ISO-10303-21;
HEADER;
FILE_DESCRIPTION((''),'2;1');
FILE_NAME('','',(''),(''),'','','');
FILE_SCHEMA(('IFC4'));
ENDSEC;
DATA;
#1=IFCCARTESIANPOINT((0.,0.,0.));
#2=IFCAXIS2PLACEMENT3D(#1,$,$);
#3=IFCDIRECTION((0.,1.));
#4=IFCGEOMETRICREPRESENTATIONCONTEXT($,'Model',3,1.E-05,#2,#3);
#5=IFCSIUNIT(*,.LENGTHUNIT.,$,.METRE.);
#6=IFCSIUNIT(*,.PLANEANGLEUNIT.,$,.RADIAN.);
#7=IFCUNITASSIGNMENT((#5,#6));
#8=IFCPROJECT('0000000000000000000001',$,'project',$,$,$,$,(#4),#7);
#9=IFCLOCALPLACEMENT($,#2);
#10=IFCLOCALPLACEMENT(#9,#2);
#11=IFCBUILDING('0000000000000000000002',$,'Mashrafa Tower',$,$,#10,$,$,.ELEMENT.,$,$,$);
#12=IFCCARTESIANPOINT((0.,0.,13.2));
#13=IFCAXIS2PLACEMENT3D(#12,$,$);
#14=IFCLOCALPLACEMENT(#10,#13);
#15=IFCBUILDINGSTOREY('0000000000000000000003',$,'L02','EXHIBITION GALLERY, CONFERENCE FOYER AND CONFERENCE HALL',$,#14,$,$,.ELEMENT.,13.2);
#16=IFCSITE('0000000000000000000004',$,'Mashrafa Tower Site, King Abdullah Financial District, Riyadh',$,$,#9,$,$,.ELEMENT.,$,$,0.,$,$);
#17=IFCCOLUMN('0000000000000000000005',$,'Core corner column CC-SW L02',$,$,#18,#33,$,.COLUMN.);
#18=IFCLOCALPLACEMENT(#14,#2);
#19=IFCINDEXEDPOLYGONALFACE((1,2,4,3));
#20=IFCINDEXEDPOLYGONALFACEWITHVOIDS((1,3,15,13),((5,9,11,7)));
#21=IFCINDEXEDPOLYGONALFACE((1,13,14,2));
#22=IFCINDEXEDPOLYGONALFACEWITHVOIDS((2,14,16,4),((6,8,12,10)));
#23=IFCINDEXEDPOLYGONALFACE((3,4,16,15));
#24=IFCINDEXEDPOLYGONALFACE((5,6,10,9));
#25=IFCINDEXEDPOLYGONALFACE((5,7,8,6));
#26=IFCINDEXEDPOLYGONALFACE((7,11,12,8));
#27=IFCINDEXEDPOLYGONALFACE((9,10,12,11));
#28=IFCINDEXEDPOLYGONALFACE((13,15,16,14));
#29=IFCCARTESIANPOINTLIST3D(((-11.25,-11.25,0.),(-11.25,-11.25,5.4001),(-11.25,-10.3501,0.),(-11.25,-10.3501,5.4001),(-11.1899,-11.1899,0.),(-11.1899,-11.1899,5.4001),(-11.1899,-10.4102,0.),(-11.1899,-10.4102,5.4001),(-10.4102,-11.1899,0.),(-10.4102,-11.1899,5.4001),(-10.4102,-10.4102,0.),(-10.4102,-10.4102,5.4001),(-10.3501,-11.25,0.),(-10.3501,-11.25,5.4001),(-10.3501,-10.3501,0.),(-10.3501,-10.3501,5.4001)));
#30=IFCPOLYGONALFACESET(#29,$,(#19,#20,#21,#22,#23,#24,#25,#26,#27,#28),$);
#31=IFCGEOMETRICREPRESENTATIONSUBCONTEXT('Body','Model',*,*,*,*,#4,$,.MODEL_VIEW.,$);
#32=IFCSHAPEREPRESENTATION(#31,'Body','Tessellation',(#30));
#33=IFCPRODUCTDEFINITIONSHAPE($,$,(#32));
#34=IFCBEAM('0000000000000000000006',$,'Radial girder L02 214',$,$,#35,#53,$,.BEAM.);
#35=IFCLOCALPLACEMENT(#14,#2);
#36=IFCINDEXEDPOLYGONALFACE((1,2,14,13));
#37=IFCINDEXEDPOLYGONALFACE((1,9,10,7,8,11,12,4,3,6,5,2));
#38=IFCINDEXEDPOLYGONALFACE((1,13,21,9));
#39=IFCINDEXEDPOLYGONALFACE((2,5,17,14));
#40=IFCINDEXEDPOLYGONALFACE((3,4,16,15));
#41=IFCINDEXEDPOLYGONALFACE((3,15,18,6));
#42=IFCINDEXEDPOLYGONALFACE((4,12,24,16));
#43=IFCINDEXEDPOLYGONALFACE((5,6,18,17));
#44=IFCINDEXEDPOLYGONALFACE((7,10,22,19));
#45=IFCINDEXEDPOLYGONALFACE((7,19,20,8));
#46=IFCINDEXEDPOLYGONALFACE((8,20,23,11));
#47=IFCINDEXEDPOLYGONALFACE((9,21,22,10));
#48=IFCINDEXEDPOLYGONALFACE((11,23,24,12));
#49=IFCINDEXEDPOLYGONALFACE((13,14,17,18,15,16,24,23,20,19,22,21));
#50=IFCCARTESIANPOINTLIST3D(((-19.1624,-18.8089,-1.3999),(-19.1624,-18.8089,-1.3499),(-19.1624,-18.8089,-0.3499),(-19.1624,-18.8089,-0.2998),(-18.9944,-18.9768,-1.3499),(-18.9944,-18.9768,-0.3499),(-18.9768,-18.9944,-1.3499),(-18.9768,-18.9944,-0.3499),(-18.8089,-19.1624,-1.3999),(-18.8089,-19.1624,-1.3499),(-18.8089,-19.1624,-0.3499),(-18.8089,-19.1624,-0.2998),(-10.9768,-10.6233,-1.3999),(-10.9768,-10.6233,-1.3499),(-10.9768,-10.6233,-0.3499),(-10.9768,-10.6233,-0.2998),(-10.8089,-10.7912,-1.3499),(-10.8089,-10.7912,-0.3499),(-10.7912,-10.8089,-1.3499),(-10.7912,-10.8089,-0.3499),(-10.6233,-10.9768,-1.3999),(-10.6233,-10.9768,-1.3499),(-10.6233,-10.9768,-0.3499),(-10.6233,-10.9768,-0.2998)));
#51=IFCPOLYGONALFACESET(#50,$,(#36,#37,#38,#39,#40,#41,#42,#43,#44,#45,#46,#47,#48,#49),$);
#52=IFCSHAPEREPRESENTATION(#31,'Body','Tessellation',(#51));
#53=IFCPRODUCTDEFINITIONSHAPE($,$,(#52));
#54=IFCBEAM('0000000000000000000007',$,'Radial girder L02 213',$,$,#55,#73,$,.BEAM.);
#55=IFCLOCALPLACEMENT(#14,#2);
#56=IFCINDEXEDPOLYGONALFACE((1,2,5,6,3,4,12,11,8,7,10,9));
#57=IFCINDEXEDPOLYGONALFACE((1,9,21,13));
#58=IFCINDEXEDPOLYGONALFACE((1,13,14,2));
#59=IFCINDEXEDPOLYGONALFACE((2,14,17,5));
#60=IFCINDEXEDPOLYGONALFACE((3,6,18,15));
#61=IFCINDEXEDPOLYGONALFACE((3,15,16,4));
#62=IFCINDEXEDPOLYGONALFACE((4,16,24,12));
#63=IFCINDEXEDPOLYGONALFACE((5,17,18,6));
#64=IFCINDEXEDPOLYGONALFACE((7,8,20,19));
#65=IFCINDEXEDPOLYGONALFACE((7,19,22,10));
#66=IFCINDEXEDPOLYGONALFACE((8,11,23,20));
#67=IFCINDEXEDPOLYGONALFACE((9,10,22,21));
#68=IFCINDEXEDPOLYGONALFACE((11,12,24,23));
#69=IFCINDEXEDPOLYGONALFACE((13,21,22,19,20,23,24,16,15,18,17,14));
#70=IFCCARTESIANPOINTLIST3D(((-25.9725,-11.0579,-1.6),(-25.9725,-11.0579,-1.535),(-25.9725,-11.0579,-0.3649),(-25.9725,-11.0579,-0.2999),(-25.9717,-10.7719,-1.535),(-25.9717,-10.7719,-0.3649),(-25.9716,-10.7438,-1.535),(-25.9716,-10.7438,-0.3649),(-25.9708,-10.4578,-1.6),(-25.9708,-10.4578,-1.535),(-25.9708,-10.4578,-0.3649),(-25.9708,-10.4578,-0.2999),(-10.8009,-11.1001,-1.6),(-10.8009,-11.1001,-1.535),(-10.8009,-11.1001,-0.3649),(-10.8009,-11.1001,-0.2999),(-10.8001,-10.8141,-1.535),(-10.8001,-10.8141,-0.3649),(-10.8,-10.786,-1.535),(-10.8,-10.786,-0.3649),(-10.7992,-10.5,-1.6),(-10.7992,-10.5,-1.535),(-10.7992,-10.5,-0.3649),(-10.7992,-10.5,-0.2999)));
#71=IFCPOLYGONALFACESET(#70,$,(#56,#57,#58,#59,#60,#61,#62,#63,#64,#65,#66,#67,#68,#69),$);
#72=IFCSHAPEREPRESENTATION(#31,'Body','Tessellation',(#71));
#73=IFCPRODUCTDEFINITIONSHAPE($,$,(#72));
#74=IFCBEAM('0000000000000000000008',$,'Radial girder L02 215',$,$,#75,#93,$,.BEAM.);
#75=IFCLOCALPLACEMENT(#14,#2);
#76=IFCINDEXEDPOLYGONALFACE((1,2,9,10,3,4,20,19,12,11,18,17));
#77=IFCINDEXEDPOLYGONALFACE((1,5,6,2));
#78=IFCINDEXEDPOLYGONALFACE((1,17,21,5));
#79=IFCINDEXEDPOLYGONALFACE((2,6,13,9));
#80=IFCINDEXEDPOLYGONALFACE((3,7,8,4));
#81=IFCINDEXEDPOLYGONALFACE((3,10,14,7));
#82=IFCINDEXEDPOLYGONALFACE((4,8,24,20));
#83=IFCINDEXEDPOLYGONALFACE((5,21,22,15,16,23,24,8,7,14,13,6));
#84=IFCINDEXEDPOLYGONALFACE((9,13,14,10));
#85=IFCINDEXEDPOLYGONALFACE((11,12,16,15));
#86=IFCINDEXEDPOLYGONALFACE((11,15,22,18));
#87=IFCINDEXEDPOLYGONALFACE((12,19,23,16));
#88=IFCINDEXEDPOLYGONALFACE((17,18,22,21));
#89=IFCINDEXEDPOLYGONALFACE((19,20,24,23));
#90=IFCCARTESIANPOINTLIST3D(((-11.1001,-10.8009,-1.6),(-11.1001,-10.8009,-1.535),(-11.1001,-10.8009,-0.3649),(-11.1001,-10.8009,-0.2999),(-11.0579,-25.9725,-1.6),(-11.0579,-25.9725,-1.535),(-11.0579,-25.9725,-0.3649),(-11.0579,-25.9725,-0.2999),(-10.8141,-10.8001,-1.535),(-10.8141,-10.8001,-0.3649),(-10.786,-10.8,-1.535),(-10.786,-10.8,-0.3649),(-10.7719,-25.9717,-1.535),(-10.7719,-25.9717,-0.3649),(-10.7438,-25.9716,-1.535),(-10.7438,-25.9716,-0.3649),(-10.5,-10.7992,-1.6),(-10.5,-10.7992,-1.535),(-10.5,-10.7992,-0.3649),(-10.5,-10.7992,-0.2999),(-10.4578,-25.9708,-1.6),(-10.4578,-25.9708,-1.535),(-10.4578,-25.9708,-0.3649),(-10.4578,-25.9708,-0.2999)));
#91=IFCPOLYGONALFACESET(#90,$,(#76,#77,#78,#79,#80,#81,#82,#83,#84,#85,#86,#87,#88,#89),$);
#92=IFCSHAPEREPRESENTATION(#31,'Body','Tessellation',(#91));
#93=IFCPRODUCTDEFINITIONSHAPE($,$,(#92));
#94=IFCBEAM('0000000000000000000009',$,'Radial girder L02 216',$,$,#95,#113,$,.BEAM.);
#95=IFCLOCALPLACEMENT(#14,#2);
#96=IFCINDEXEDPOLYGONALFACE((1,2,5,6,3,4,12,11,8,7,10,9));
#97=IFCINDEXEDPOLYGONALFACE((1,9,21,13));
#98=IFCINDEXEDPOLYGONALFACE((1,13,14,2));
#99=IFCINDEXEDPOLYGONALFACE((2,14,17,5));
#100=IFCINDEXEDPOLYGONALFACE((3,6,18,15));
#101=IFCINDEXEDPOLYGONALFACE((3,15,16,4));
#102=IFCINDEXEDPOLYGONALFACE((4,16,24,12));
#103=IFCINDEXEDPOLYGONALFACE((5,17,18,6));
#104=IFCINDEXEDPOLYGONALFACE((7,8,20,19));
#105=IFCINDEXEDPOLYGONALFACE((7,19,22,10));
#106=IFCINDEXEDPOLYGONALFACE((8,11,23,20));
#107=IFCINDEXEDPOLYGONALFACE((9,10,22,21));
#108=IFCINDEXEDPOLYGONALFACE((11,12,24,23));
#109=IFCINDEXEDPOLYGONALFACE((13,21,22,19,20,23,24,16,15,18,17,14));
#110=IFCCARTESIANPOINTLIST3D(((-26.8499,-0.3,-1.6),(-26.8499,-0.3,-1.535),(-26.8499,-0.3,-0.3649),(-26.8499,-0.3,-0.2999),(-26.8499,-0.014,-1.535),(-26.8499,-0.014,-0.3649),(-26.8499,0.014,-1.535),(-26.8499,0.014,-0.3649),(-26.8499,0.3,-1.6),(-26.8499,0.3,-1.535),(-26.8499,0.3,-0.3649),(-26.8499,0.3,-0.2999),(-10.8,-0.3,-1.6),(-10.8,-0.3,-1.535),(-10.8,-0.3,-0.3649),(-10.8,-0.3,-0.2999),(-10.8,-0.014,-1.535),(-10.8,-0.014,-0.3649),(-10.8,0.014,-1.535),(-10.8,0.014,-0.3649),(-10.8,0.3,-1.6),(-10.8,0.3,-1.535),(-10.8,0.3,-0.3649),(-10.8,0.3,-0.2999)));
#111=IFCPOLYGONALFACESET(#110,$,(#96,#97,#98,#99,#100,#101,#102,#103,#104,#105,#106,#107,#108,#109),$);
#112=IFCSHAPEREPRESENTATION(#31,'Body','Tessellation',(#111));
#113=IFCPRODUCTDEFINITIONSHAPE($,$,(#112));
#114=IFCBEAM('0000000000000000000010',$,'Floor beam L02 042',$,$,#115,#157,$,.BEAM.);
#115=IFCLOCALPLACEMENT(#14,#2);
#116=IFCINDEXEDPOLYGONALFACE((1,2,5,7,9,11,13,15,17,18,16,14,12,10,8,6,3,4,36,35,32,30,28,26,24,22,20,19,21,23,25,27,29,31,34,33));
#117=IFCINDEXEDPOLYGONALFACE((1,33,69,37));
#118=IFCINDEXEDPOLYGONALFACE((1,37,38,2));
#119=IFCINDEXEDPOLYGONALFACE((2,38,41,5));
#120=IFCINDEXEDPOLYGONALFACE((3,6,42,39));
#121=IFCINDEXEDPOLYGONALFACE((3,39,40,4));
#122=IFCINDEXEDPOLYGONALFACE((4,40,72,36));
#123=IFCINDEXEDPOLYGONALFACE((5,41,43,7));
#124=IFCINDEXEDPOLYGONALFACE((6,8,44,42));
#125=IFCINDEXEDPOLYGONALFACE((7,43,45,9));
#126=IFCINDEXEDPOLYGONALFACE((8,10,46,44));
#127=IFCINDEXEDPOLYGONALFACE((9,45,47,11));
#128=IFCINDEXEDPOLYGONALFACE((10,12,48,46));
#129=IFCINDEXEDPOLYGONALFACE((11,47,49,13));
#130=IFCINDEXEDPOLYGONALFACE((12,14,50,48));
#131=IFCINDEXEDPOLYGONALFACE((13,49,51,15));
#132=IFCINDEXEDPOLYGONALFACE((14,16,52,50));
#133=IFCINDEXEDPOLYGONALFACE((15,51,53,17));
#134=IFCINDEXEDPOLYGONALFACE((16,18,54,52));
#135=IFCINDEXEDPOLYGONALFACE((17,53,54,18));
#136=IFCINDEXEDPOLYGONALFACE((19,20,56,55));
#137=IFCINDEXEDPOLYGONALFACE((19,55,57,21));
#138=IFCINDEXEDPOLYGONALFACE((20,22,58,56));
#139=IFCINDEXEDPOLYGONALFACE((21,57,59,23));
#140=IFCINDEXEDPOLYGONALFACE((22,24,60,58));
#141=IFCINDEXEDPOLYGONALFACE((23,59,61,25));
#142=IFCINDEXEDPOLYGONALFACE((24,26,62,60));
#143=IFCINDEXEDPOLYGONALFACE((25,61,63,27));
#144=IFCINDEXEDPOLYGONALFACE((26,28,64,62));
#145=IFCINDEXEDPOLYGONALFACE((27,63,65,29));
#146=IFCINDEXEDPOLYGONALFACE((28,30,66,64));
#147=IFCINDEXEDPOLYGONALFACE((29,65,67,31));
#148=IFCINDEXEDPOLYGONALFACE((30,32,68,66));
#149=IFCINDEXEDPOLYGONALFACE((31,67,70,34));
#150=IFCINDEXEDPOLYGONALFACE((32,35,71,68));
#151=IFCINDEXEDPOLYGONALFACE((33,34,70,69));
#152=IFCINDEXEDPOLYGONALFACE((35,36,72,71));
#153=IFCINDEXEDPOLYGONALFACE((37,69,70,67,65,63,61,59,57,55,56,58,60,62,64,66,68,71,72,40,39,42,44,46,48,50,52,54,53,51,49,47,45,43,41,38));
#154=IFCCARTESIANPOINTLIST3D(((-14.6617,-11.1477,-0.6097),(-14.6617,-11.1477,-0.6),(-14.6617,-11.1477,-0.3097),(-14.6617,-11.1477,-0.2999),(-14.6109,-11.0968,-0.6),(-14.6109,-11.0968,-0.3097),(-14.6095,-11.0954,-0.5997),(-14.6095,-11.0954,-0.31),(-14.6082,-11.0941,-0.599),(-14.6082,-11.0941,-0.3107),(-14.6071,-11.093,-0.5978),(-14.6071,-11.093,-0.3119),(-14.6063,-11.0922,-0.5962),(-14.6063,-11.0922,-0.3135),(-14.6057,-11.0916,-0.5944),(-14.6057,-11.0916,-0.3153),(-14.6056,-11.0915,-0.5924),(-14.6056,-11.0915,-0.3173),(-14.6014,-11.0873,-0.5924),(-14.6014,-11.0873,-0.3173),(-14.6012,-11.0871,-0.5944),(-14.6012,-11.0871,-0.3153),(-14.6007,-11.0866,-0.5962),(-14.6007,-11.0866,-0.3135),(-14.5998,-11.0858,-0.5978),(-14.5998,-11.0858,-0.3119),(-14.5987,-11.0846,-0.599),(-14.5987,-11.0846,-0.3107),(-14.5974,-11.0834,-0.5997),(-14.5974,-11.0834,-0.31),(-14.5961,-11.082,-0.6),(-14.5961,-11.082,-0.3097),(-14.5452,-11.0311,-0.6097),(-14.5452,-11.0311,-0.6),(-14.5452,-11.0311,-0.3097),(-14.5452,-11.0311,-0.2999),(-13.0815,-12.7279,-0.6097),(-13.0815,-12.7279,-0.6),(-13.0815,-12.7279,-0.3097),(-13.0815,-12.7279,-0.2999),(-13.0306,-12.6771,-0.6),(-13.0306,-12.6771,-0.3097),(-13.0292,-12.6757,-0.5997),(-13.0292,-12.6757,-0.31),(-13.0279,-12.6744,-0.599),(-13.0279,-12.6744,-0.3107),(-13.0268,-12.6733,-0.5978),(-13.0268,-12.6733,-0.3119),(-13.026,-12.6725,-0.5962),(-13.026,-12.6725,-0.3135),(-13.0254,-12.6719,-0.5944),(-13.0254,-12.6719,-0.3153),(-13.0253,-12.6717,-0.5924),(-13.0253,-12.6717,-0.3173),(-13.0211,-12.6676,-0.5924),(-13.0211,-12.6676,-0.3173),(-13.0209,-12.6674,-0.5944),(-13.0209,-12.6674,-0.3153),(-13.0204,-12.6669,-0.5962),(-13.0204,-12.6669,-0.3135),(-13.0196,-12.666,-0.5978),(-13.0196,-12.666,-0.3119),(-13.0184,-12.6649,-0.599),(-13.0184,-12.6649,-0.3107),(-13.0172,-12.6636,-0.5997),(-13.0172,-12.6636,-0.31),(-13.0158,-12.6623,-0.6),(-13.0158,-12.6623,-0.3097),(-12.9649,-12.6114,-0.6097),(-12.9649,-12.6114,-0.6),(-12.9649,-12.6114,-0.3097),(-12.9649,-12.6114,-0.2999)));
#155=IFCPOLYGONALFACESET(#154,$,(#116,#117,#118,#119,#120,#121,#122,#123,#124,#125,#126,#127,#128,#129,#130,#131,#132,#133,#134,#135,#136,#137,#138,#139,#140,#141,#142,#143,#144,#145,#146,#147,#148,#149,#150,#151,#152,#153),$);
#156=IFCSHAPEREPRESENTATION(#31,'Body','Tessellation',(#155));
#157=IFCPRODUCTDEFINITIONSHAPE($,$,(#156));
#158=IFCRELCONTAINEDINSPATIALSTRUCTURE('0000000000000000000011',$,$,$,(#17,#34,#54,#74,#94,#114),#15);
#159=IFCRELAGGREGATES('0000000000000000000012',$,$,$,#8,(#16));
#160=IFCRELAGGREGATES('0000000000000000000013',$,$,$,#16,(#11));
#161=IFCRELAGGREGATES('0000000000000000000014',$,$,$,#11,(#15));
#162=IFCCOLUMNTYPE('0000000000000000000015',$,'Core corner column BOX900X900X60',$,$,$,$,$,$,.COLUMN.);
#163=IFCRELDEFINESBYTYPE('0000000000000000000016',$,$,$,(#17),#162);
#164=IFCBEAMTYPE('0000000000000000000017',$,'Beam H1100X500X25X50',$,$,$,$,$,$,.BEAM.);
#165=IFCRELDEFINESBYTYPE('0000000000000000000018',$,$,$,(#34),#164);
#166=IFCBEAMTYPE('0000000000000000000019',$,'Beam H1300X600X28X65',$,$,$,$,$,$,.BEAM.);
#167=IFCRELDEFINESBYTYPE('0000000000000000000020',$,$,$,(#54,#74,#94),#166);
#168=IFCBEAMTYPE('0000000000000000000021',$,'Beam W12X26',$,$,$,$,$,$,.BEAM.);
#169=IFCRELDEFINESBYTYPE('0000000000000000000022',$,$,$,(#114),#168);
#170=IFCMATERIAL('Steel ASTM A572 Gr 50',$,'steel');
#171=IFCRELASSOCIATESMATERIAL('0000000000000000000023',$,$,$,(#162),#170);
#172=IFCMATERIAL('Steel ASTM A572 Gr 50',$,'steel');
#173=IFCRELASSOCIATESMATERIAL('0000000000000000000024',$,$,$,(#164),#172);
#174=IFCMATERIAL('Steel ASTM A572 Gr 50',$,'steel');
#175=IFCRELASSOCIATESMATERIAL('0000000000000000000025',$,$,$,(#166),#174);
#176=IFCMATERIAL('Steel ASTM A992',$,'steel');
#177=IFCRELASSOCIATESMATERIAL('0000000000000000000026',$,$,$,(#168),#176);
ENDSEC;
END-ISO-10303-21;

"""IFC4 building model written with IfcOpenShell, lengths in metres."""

from ifc_helpers import new_model, si_unit, direction, frame, origin, origin_2d, place, context, subcontext, project, spatial, hollow_rectangle, i_section, extrude, material, material_profile, profile_set, type_object, element, save


model = new_model("IFC4")

# Units and contexts
model_context = context("Model", 3, precision=1e-05, world=origin(), true_north=direction((0.0, 1.0)))
body_context = subcontext(model_context, "Body", "Model", "MODEL_VIEW")
ifc_project = project(units=[si_unit("LENGTHUNIT", "METRE"), si_unit("PLANEANGLEUNIT", "RADIAN")], contexts=[model_context])

# Site, building, storey
site_placement = place(None, origin())
site = spatial("IfcSite", under=ifc_project, at=site_placement, Name="Mashrafa Tower Site, King Abdullah Financial District, Riyadh", CompositionType="ELEMENT", RefElevation=0.0)
building_placement = place(site_placement, origin())
building = spatial("IfcBuilding", under=site, at=building_placement, Name="Mashrafa Tower", CompositionType="ELEMENT")
storey_placement = place(building_placement, frame((0.0, 0.0, 13.2)))
storey = spatial("IfcBuildingStorey", under=building, at=storey_placement, Name="L02", Description="EXHIBITION GALLERY, CONFERENCE FOYER AND CONFERENCE HALL", CompositionType="ELEMENT", Elevation=13.2)

# Column
ifc_material_1 = material(Name="Steel ASTM A572 Gr 50", Category="steel")
ifc_material_profile_1 = material_profile(ifc_material_1, hollow_rectangle(XDim=0.8999, YDim=0.8999, WallThickness=0.0601, at=origin_2d()), Name="BOX900X900X60")
ifc_profile_set_1 = profile_set([ifc_material_profile_1], Name="Steel ASTM A572 Gr 50")
column_type = type_object("IfcColumnType", Name="Core corner column BOX900X900X60", PredefinedType="COLUMN", material=ifc_profile_set_1)
column_placement = place(storey_placement, frame((-10.8, -10.8, 0.0), z_axis=(0.0, 0.0, 1.0), x_axis=(1.0, 0.0, 0.0)))
element("IfcColumn", 1, at=column_placement, inside=storey, type_object=column_type, Name="Core corner column CC-SW L02", PredefinedType="COLUMN", context=body_context, shape_type="SweptSolid", body=[
    extrude(hollow_rectangle(XDim=0.8999, YDim=0.8999, WallThickness=0.0601, at=origin_2d()), origin(), (0.0, 0.0, 1.0), 5.4001),
])

# Beams
ifc_material_2 = material(Name="Steel ASTM A572 Gr 50", Category="steel")
ifc_material_profile_2 = material_profile(ifc_material_2, i_section(OverallWidth=0.5, OverallDepth=1.1001, WebThickness=0.0249, FlangeThickness=0.05, at=origin_2d()), Name="H1100X500X25X50")
ifc_profile_set_2 = profile_set([ifc_material_profile_2], Name="Steel ASTM A572 Gr 50")
beam_type_1 = type_object("IfcBeamType", Name="Beam H1100X500X25X50", PredefinedType="BEAM", material=ifc_profile_set_2)
beam_1_placement = place(storey_placement, frame((-10.8, -10.8, -0.8499), z_axis=(-0.707107, -0.707107, 0.0), x_axis=(0.707107, -0.707107, 0.0)))
element("IfcBeam", 2, at=beam_1_placement, inside=storey, type_object=beam_type_1, Name="Radial girder L02 214", PredefinedType="BEAM", context=body_context, shape_type="SweptSolid", body=[
    extrude(i_section(OverallWidth=0.5, OverallDepth=1.1001, WebThickness=0.0249, FlangeThickness=0.05, at=origin_2d()), origin(), (0.0, 0.0, 1.0), 11.5762),
])
ifc_material_3 = material(Name="Steel ASTM A572 Gr 50", Category="steel")
ifc_material_profile_3 = material_profile(ifc_material_3, i_section(OverallWidth=0.6001, OverallDepth=1.3, WebThickness=0.0281, FlangeThickness=0.0649, at=origin_2d()), Name="H1300X600X28X65")
ifc_profile_set_3 = profile_set([ifc_material_profile_3], Name="Steel ASTM A572 Gr 50")
beam_type_2 = type_object("IfcBeamType", Name="Beam H1300X600X28X65", PredefinedType="BEAM", material=ifc_profile_set_3)
for number, where, z_axis, x_axis, name in (
    (3, (-10.8, -10.8, -0.95), (-0.999996, 0.002784, 0.0), (-0.002784, -0.999996, 0.0), "Radial girder L02 213"),
    (4, (-10.8, -10.8, -0.95), (0.002784, -0.999996, 0.0), (0.999996, 0.002784, 0.0), "Radial girder L02 215"),
):
    element("IfcBeam", number, at=place(storey_placement, frame(where, z_axis=z_axis, x_axis=x_axis)), inside=storey, type_object=beam_type_2, Name=name, PredefinedType="BEAM", context=body_context, shape_type="SweptSolid", body=[
        extrude(i_section(OverallWidth=0.6001, OverallDepth=1.3, WebThickness=0.0281, FlangeThickness=0.0649, at=origin_2d()), origin(), (0.0, 0.0, 1.0), 15.1716),
    ])
beam_2_placement = place(storey_placement, frame((-10.8, 0.0, -0.95), z_axis=(-1.0, 0.0, 0.0), x_axis=(0.0, -1.0, 0.0)))
element("IfcBeam", 5, at=beam_2_placement, inside=storey, type_object=beam_type_2, Name="Radial girder L02 216", PredefinedType="BEAM", context=body_context, shape_type="SweptSolid", body=[
    extrude(i_section(OverallWidth=0.6001, OverallDepth=1.3, WebThickness=0.0281, FlangeThickness=0.0649, at=origin_2d()), origin(), (0.0, 0.0, 1.0), 16.0498),
])
ifc_material_4 = material(Name="Steel ASTM A992", Category="steel")
ifc_material_profile_4 = material_profile(ifc_material_4, i_section(OverallWidth=0.1648, OverallDepth=0.3098, WebThickness=0.0059, FlangeThickness=0.0098, FilletRadius=0.0076, at=origin_2d()), Name="W12X26")
ifc_profile_set_4 = profile_set([ifc_material_profile_4], Name="Steel ASTM A992")
beam_type_3 = type_object("IfcBeamType", Name="Beam W12X26", PredefinedType="BEAM", material=ifc_profile_set_4)
beam_3_placement = place(storey_placement, frame((-13.0232, -12.6697, -0.4548), z_axis=(-0.707107, 0.707107, 0.0), x_axis=(-0.707107, -0.707107, 0.0)))
element("IfcBeam", 6, at=beam_3_placement, inside=storey, type_object=beam_type_3, Name="Floor beam L02 042", PredefinedType="BEAM", context=body_context, shape_type="SweptSolid", body=[
    extrude(i_section(OverallWidth=0.1648, OverallDepth=0.3098, WebThickness=0.0059, FlangeThickness=0.0098, FilletRadius=0.0076, at=origin_2d()), origin(), (0.0, 0.0, 1.0), 2.2349),
])

save(model, "model.ifc")
